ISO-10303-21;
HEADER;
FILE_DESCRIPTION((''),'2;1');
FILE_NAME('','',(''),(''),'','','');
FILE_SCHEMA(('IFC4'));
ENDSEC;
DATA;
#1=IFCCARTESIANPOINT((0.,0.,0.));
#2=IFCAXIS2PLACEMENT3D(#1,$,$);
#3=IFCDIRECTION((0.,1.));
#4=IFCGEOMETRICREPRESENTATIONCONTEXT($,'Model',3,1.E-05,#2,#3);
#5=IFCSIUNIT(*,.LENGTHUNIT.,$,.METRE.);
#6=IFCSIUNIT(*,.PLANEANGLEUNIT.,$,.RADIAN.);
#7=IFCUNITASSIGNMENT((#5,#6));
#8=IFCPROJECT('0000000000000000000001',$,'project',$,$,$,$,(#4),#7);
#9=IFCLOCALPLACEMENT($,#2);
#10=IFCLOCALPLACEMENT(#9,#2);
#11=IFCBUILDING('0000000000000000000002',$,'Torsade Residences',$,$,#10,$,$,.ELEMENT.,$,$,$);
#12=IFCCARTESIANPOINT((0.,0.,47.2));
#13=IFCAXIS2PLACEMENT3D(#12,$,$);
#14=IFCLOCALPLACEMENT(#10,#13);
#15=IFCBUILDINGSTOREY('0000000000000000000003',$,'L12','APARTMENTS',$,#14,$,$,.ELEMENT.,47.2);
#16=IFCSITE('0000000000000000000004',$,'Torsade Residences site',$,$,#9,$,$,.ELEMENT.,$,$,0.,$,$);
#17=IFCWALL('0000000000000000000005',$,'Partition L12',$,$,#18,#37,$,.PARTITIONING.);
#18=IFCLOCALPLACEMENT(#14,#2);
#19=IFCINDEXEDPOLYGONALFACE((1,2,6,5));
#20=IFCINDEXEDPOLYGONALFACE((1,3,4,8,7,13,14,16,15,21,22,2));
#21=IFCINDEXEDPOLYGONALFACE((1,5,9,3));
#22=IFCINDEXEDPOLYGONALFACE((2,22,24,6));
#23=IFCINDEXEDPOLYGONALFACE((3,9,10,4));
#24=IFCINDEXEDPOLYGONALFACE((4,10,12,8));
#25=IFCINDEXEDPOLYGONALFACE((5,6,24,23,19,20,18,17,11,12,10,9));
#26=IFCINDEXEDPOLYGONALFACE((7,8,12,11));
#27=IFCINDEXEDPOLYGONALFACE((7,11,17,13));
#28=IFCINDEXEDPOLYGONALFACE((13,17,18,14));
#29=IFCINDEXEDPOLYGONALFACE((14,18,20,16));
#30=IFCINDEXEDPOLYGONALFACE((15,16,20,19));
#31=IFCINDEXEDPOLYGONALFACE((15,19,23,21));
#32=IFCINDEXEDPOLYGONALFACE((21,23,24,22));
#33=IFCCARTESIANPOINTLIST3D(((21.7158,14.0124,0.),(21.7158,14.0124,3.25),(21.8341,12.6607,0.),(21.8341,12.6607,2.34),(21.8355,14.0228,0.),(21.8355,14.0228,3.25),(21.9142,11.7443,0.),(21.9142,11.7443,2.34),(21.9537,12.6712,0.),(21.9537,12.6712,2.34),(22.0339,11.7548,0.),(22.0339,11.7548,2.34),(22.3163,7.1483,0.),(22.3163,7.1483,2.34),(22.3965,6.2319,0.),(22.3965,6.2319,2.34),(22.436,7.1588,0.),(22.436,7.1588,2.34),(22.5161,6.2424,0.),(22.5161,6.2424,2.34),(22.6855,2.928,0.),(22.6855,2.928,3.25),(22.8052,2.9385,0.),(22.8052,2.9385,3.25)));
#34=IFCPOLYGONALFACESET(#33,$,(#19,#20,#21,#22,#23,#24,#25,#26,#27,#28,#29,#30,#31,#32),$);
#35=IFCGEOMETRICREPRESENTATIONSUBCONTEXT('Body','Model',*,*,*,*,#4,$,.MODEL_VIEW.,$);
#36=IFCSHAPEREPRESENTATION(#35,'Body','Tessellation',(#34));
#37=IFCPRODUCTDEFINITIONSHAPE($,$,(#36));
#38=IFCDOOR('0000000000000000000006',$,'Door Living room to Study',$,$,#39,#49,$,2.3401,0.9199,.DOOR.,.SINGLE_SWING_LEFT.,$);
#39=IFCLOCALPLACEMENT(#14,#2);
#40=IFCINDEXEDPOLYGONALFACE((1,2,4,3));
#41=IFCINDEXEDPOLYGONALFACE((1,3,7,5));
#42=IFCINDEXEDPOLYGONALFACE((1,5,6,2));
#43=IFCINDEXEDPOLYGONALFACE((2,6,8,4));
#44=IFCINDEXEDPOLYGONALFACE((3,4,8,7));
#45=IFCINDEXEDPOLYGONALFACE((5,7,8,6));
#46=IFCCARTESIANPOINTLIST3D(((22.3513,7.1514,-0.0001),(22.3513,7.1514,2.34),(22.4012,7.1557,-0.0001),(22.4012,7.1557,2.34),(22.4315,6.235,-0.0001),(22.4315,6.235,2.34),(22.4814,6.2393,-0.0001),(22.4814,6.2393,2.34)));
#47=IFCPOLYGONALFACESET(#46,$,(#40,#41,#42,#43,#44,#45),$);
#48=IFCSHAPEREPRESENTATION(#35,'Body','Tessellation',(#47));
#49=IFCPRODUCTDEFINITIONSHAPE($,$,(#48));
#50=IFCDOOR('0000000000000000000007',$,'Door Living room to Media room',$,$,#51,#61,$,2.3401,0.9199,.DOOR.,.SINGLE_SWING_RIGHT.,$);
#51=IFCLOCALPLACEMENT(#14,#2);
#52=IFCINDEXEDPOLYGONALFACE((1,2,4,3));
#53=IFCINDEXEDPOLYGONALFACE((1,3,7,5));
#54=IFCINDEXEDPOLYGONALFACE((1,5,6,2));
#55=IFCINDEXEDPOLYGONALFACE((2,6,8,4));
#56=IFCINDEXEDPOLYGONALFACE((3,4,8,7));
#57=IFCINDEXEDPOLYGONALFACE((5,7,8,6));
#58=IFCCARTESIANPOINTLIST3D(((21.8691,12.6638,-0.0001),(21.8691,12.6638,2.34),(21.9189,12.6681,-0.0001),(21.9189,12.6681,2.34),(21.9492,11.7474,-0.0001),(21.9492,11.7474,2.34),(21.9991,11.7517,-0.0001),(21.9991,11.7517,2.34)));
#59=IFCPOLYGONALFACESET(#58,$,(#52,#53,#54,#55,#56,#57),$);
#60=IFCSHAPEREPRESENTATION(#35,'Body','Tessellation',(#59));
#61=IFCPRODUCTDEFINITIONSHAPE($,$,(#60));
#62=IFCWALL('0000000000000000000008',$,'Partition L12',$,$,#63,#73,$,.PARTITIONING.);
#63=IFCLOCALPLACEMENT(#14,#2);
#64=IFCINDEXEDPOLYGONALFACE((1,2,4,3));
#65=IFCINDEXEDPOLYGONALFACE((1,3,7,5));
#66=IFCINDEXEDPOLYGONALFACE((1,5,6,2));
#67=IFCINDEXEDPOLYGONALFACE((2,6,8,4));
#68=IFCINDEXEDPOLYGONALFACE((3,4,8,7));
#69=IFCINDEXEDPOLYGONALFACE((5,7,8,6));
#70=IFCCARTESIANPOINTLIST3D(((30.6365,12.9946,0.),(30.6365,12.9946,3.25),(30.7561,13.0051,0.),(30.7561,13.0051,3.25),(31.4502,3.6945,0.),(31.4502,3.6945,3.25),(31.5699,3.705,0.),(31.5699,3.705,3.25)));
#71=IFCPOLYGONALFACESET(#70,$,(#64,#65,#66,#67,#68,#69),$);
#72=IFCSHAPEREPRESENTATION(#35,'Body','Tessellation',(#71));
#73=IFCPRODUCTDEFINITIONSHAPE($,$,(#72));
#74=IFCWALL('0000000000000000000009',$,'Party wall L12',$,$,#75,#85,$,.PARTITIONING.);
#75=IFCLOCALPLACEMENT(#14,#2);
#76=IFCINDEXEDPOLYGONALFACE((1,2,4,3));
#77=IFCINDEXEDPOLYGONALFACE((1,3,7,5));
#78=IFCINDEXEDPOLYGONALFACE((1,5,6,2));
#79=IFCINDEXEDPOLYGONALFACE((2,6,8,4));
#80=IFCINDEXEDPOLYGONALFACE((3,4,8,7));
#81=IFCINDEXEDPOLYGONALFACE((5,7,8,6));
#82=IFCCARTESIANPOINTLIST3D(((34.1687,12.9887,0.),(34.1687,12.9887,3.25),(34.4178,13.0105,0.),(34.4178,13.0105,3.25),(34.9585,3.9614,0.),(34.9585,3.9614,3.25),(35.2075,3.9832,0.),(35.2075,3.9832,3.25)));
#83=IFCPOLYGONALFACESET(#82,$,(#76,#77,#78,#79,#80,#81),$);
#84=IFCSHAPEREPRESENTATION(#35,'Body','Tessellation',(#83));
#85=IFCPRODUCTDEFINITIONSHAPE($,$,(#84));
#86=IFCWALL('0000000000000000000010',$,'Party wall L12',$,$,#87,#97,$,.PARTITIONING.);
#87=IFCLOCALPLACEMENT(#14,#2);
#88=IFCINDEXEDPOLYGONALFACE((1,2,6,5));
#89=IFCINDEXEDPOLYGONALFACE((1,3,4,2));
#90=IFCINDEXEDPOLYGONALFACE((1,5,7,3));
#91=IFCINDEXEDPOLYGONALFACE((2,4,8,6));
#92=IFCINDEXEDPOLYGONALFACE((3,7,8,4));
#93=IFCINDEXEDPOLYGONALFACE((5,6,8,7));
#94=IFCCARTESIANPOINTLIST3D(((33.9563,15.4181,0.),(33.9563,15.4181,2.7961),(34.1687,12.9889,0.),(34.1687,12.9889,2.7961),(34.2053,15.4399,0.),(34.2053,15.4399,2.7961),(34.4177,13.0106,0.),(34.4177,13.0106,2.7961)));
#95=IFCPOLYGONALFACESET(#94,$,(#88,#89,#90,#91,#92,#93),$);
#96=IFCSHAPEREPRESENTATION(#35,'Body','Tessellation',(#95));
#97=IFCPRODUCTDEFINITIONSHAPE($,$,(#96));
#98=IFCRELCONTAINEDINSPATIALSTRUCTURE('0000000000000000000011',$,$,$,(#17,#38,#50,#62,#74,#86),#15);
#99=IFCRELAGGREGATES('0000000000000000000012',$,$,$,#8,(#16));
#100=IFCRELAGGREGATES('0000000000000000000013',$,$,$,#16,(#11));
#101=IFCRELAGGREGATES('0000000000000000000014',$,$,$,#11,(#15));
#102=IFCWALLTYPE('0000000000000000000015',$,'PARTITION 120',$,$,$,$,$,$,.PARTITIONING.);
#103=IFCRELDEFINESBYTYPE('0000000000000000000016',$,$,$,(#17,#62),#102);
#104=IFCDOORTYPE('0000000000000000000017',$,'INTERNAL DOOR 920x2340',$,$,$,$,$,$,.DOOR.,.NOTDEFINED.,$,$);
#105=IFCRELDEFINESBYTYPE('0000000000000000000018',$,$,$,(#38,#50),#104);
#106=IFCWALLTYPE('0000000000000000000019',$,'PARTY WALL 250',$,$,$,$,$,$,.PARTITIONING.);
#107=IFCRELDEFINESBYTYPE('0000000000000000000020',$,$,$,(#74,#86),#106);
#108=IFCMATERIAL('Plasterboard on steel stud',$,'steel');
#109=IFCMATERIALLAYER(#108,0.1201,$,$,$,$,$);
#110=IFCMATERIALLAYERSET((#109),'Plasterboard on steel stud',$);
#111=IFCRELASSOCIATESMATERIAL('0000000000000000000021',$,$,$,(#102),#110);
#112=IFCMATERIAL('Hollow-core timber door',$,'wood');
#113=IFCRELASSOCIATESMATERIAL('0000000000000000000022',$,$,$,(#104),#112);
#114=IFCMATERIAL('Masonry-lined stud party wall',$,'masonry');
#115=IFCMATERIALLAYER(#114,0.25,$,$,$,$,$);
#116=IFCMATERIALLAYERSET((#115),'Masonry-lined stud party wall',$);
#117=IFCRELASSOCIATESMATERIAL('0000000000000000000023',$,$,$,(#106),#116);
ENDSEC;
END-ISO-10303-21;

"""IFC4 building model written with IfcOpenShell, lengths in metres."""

from ifc_helpers import new_model, si_unit, direction, frame, frame_2d, origin, place, context, subcontext, project, spatial, rectangle, extrude, material, layer, layer_set, type_object, element, fill, save


model = new_model("IFC4")

# Units and contexts
model_context = context("Model", 3, precision=1e-05, world=origin(), true_north=direction((0.0, 1.0)))
body_context = subcontext(model_context, "Body", "Model", "MODEL_VIEW")
ifc_project = project(units=[si_unit("LENGTHUNIT", "METRE"), si_unit("PLANEANGLEUNIT", "RADIAN")], contexts=[model_context])

# Site, building, storey
site_placement = place(None, origin())
site = spatial("IfcSite", under=ifc_project, at=site_placement, Name="Torsade Residences site", CompositionType="ELEMENT", RefElevation=0.0)
building_placement = place(site_placement, origin())
building = spatial("IfcBuilding", under=site, at=building_placement, Name="Torsade Residences", CompositionType="ELEMENT")
storey_placement = place(building_placement, frame((0.0, 0.0, 47.2)))
storey = spatial("IfcBuildingStorey", under=building, at=storey_placement, Name="L12", Description="APARTMENTS", CompositionType="ELEMENT", Elevation=47.2)

# Shared definitions
ifc_material_1 = material(Name="Plasterboard on steel stud", Category="steel")
ifc_layer_1 = layer(ifc_material_1, 0.1201)
ifc_layer_set_1 = layer_set([ifc_layer_1], Name="Plasterboard on steel stud")
wall_type_1 = type_object("IfcWallType", Name="PARTITION 120", PredefinedType="PARTITIONING", material=ifc_layer_set_1)

# Wall, openings, doors
wall_1_placement = place(storey_placement, frame((22.7454, 2.9331, 0.0), z_axis=(0.0, 0.0, 1.0), x_axis=(-0.087152, 0.996195, 0.0)))
wall_1 = element("IfcWall", 1, at=wall_1_placement, inside=storey, type_object=wall_type_1, Name="Partition L12", PredefinedType="PARTITIONING", context=body_context, shape_type="SweptSolid", body=[
    extrude(rectangle(XDim=11.1267, YDim=0.1201, at=frame_2d((5.5635, 0.0))), origin(), (0.0, 0.0, 1.0), 3.25),
])
opening_1_placement = place(wall_1_placement, frame((3.3167, 0.0, 0.0)))
opening_1 = element("IfcOpeningElement", 2, at=opening_1_placement, cuts=wall_1, PredefinedType="OPENING", context=body_context, shape_type="SweptSolid", body=[
    extrude(rectangle(XDim=0.9199, YDim=2.3401, at=frame_2d((0.46, 1.1699))), frame((0.0, 0.0701, 0.0), z_axis=(0.0, -1.0, 0.0), x_axis=(1.0, 0.0, 0.0)), (0.0, 0.0, 1.0), 0.1401),
])
opening_2_placement = place(wall_1_placement, frame((8.8501, 0.0, 0.0)))
opening_2 = element("IfcOpeningElement", 3, at=opening_2_placement, cuts=wall_1, PredefinedType="OPENING", context=body_context, shape_type="SweptSolid", body=[
    extrude(rectangle(XDim=0.9199, YDim=2.3401, at=frame_2d((0.46, 1.1699))), frame((0.0, 0.0701, 0.0), z_axis=(0.0, -1.0, 0.0), x_axis=(1.0, 0.0, 0.0)), (0.0, 0.0, 1.0), 0.1401),
])
ifc_material_2 = material(Name="Hollow-core timber door", Category="wood")
door_type_1 = type_object("IfcDoorType", Name="INTERNAL DOOR 920x2340", OperationType="NOTDEFINED", PredefinedType="DOOR", material=ifc_material_2)
door_1_placement = place(opening_1_placement, origin())
door_1 = element("IfcDoor", 4, at=door_1_placement, inside=storey, type_object=door_type_1, Name="Door Living room to Study", OperationType="SINGLE_SWING_LEFT", OverallHeight=2.3401, OverallWidth=0.9199, PredefinedType="DOOR", context=body_context, shape_type="SweptSolid", body=[
    extrude(rectangle(XDim=0.9199, YDim=2.3401, at=frame_2d((0.46, 1.1699))), frame((0.0, 0.0249, 0.0), z_axis=(0.0, -1.0, 0.0), x_axis=(1.0, 0.0, 0.0)), (0.0, 0.0, 1.0), 0.05),
])
fill(opening_1, door_1)
door_2_placement = place(opening_2_placement, origin())
door_2 = element("IfcDoor", 5, at=door_2_placement, inside=storey, type_object=door_type_1, Name="Door Living room to Media room", OperationType="SINGLE_SWING_RIGHT", OverallHeight=2.3401, OverallWidth=0.9199, PredefinedType="DOOR", context=body_context, shape_type="SweptSolid", body=[
    extrude(rectangle(XDim=0.9199, YDim=2.3401, at=frame_2d((0.46, 1.1699))), frame((0.0, 0.0249, 0.0), z_axis=(0.0, -1.0, 0.0), x_axis=(1.0, 0.0, 0.0)), (0.0, 0.0, 1.0), 0.05),
])
fill(opening_2, door_2)

# Walls
wall_2_placement = place(storey_placement, frame((30.6963, 13.0, 0.0), z_axis=(0.0, 0.0, 1.0), x_axis=(0.087163, -0.996194, 0.0)))
element("IfcWall", 6, at=wall_2_placement, inside=storey, type_object=wall_type_1, Name="Partition L12", PredefinedType="PARTITIONING", context=body_context, shape_type="SweptSolid", body=[
    extrude(rectangle(XDim=9.3357, YDim=0.1201, at=frame_2d((4.668, 0.0))), origin(), (0.0, 0.0, 1.0), 3.25),
])
ifc_material_3 = material(Name="Masonry-lined stud party wall", Category="masonry")
ifc_layer_2 = layer(ifc_material_3, 0.25)
ifc_layer_set_2 = layer_set([ifc_layer_2], Name="Masonry-lined stud party wall")
wall_type_2 = type_object("IfcWallType", Name="PARTY WALL 250", PredefinedType="PARTITIONING", material=ifc_layer_set_2)
wall_3_placement = place(storey_placement, frame((35.083, 3.9724, 0.0), z_axis=(0.0, 0.0, 1.0), x_axis=(-0.087156, 0.996195, 0.0)))
element("IfcWall", 7, at=wall_3_placement, inside=storey, type_object=wall_type_2, Name="Party wall L12", PredefinedType="PARTITIONING", context=body_context, shape_type="SweptSolid", body=[
    extrude(rectangle(XDim=9.0618, YDim=0.25, at=frame_2d((4.5308, 0.0))), origin(), (0.0, 0.0, 1.0), 3.25),
])
wall_4_placement = place(storey_placement, frame((34.2932, 12.9998, 0.0), z_axis=(0.0, 0.0, 1.0), x_axis=(-0.087105, 0.996199, 0.0)))
element("IfcWall", 8, at=wall_4_placement, inside=storey, type_object=wall_type_2, Name="Party wall L12", PredefinedType="PARTITIONING", context=body_context, shape_type="SweptSolid", body=[
    extrude(rectangle(XDim=2.4385, YDim=0.25, at=frame_2d((1.2192, 0.0))), origin(), (0.0, 0.0, 1.0), 2.7961),
])

save(model, "model.ifc")
